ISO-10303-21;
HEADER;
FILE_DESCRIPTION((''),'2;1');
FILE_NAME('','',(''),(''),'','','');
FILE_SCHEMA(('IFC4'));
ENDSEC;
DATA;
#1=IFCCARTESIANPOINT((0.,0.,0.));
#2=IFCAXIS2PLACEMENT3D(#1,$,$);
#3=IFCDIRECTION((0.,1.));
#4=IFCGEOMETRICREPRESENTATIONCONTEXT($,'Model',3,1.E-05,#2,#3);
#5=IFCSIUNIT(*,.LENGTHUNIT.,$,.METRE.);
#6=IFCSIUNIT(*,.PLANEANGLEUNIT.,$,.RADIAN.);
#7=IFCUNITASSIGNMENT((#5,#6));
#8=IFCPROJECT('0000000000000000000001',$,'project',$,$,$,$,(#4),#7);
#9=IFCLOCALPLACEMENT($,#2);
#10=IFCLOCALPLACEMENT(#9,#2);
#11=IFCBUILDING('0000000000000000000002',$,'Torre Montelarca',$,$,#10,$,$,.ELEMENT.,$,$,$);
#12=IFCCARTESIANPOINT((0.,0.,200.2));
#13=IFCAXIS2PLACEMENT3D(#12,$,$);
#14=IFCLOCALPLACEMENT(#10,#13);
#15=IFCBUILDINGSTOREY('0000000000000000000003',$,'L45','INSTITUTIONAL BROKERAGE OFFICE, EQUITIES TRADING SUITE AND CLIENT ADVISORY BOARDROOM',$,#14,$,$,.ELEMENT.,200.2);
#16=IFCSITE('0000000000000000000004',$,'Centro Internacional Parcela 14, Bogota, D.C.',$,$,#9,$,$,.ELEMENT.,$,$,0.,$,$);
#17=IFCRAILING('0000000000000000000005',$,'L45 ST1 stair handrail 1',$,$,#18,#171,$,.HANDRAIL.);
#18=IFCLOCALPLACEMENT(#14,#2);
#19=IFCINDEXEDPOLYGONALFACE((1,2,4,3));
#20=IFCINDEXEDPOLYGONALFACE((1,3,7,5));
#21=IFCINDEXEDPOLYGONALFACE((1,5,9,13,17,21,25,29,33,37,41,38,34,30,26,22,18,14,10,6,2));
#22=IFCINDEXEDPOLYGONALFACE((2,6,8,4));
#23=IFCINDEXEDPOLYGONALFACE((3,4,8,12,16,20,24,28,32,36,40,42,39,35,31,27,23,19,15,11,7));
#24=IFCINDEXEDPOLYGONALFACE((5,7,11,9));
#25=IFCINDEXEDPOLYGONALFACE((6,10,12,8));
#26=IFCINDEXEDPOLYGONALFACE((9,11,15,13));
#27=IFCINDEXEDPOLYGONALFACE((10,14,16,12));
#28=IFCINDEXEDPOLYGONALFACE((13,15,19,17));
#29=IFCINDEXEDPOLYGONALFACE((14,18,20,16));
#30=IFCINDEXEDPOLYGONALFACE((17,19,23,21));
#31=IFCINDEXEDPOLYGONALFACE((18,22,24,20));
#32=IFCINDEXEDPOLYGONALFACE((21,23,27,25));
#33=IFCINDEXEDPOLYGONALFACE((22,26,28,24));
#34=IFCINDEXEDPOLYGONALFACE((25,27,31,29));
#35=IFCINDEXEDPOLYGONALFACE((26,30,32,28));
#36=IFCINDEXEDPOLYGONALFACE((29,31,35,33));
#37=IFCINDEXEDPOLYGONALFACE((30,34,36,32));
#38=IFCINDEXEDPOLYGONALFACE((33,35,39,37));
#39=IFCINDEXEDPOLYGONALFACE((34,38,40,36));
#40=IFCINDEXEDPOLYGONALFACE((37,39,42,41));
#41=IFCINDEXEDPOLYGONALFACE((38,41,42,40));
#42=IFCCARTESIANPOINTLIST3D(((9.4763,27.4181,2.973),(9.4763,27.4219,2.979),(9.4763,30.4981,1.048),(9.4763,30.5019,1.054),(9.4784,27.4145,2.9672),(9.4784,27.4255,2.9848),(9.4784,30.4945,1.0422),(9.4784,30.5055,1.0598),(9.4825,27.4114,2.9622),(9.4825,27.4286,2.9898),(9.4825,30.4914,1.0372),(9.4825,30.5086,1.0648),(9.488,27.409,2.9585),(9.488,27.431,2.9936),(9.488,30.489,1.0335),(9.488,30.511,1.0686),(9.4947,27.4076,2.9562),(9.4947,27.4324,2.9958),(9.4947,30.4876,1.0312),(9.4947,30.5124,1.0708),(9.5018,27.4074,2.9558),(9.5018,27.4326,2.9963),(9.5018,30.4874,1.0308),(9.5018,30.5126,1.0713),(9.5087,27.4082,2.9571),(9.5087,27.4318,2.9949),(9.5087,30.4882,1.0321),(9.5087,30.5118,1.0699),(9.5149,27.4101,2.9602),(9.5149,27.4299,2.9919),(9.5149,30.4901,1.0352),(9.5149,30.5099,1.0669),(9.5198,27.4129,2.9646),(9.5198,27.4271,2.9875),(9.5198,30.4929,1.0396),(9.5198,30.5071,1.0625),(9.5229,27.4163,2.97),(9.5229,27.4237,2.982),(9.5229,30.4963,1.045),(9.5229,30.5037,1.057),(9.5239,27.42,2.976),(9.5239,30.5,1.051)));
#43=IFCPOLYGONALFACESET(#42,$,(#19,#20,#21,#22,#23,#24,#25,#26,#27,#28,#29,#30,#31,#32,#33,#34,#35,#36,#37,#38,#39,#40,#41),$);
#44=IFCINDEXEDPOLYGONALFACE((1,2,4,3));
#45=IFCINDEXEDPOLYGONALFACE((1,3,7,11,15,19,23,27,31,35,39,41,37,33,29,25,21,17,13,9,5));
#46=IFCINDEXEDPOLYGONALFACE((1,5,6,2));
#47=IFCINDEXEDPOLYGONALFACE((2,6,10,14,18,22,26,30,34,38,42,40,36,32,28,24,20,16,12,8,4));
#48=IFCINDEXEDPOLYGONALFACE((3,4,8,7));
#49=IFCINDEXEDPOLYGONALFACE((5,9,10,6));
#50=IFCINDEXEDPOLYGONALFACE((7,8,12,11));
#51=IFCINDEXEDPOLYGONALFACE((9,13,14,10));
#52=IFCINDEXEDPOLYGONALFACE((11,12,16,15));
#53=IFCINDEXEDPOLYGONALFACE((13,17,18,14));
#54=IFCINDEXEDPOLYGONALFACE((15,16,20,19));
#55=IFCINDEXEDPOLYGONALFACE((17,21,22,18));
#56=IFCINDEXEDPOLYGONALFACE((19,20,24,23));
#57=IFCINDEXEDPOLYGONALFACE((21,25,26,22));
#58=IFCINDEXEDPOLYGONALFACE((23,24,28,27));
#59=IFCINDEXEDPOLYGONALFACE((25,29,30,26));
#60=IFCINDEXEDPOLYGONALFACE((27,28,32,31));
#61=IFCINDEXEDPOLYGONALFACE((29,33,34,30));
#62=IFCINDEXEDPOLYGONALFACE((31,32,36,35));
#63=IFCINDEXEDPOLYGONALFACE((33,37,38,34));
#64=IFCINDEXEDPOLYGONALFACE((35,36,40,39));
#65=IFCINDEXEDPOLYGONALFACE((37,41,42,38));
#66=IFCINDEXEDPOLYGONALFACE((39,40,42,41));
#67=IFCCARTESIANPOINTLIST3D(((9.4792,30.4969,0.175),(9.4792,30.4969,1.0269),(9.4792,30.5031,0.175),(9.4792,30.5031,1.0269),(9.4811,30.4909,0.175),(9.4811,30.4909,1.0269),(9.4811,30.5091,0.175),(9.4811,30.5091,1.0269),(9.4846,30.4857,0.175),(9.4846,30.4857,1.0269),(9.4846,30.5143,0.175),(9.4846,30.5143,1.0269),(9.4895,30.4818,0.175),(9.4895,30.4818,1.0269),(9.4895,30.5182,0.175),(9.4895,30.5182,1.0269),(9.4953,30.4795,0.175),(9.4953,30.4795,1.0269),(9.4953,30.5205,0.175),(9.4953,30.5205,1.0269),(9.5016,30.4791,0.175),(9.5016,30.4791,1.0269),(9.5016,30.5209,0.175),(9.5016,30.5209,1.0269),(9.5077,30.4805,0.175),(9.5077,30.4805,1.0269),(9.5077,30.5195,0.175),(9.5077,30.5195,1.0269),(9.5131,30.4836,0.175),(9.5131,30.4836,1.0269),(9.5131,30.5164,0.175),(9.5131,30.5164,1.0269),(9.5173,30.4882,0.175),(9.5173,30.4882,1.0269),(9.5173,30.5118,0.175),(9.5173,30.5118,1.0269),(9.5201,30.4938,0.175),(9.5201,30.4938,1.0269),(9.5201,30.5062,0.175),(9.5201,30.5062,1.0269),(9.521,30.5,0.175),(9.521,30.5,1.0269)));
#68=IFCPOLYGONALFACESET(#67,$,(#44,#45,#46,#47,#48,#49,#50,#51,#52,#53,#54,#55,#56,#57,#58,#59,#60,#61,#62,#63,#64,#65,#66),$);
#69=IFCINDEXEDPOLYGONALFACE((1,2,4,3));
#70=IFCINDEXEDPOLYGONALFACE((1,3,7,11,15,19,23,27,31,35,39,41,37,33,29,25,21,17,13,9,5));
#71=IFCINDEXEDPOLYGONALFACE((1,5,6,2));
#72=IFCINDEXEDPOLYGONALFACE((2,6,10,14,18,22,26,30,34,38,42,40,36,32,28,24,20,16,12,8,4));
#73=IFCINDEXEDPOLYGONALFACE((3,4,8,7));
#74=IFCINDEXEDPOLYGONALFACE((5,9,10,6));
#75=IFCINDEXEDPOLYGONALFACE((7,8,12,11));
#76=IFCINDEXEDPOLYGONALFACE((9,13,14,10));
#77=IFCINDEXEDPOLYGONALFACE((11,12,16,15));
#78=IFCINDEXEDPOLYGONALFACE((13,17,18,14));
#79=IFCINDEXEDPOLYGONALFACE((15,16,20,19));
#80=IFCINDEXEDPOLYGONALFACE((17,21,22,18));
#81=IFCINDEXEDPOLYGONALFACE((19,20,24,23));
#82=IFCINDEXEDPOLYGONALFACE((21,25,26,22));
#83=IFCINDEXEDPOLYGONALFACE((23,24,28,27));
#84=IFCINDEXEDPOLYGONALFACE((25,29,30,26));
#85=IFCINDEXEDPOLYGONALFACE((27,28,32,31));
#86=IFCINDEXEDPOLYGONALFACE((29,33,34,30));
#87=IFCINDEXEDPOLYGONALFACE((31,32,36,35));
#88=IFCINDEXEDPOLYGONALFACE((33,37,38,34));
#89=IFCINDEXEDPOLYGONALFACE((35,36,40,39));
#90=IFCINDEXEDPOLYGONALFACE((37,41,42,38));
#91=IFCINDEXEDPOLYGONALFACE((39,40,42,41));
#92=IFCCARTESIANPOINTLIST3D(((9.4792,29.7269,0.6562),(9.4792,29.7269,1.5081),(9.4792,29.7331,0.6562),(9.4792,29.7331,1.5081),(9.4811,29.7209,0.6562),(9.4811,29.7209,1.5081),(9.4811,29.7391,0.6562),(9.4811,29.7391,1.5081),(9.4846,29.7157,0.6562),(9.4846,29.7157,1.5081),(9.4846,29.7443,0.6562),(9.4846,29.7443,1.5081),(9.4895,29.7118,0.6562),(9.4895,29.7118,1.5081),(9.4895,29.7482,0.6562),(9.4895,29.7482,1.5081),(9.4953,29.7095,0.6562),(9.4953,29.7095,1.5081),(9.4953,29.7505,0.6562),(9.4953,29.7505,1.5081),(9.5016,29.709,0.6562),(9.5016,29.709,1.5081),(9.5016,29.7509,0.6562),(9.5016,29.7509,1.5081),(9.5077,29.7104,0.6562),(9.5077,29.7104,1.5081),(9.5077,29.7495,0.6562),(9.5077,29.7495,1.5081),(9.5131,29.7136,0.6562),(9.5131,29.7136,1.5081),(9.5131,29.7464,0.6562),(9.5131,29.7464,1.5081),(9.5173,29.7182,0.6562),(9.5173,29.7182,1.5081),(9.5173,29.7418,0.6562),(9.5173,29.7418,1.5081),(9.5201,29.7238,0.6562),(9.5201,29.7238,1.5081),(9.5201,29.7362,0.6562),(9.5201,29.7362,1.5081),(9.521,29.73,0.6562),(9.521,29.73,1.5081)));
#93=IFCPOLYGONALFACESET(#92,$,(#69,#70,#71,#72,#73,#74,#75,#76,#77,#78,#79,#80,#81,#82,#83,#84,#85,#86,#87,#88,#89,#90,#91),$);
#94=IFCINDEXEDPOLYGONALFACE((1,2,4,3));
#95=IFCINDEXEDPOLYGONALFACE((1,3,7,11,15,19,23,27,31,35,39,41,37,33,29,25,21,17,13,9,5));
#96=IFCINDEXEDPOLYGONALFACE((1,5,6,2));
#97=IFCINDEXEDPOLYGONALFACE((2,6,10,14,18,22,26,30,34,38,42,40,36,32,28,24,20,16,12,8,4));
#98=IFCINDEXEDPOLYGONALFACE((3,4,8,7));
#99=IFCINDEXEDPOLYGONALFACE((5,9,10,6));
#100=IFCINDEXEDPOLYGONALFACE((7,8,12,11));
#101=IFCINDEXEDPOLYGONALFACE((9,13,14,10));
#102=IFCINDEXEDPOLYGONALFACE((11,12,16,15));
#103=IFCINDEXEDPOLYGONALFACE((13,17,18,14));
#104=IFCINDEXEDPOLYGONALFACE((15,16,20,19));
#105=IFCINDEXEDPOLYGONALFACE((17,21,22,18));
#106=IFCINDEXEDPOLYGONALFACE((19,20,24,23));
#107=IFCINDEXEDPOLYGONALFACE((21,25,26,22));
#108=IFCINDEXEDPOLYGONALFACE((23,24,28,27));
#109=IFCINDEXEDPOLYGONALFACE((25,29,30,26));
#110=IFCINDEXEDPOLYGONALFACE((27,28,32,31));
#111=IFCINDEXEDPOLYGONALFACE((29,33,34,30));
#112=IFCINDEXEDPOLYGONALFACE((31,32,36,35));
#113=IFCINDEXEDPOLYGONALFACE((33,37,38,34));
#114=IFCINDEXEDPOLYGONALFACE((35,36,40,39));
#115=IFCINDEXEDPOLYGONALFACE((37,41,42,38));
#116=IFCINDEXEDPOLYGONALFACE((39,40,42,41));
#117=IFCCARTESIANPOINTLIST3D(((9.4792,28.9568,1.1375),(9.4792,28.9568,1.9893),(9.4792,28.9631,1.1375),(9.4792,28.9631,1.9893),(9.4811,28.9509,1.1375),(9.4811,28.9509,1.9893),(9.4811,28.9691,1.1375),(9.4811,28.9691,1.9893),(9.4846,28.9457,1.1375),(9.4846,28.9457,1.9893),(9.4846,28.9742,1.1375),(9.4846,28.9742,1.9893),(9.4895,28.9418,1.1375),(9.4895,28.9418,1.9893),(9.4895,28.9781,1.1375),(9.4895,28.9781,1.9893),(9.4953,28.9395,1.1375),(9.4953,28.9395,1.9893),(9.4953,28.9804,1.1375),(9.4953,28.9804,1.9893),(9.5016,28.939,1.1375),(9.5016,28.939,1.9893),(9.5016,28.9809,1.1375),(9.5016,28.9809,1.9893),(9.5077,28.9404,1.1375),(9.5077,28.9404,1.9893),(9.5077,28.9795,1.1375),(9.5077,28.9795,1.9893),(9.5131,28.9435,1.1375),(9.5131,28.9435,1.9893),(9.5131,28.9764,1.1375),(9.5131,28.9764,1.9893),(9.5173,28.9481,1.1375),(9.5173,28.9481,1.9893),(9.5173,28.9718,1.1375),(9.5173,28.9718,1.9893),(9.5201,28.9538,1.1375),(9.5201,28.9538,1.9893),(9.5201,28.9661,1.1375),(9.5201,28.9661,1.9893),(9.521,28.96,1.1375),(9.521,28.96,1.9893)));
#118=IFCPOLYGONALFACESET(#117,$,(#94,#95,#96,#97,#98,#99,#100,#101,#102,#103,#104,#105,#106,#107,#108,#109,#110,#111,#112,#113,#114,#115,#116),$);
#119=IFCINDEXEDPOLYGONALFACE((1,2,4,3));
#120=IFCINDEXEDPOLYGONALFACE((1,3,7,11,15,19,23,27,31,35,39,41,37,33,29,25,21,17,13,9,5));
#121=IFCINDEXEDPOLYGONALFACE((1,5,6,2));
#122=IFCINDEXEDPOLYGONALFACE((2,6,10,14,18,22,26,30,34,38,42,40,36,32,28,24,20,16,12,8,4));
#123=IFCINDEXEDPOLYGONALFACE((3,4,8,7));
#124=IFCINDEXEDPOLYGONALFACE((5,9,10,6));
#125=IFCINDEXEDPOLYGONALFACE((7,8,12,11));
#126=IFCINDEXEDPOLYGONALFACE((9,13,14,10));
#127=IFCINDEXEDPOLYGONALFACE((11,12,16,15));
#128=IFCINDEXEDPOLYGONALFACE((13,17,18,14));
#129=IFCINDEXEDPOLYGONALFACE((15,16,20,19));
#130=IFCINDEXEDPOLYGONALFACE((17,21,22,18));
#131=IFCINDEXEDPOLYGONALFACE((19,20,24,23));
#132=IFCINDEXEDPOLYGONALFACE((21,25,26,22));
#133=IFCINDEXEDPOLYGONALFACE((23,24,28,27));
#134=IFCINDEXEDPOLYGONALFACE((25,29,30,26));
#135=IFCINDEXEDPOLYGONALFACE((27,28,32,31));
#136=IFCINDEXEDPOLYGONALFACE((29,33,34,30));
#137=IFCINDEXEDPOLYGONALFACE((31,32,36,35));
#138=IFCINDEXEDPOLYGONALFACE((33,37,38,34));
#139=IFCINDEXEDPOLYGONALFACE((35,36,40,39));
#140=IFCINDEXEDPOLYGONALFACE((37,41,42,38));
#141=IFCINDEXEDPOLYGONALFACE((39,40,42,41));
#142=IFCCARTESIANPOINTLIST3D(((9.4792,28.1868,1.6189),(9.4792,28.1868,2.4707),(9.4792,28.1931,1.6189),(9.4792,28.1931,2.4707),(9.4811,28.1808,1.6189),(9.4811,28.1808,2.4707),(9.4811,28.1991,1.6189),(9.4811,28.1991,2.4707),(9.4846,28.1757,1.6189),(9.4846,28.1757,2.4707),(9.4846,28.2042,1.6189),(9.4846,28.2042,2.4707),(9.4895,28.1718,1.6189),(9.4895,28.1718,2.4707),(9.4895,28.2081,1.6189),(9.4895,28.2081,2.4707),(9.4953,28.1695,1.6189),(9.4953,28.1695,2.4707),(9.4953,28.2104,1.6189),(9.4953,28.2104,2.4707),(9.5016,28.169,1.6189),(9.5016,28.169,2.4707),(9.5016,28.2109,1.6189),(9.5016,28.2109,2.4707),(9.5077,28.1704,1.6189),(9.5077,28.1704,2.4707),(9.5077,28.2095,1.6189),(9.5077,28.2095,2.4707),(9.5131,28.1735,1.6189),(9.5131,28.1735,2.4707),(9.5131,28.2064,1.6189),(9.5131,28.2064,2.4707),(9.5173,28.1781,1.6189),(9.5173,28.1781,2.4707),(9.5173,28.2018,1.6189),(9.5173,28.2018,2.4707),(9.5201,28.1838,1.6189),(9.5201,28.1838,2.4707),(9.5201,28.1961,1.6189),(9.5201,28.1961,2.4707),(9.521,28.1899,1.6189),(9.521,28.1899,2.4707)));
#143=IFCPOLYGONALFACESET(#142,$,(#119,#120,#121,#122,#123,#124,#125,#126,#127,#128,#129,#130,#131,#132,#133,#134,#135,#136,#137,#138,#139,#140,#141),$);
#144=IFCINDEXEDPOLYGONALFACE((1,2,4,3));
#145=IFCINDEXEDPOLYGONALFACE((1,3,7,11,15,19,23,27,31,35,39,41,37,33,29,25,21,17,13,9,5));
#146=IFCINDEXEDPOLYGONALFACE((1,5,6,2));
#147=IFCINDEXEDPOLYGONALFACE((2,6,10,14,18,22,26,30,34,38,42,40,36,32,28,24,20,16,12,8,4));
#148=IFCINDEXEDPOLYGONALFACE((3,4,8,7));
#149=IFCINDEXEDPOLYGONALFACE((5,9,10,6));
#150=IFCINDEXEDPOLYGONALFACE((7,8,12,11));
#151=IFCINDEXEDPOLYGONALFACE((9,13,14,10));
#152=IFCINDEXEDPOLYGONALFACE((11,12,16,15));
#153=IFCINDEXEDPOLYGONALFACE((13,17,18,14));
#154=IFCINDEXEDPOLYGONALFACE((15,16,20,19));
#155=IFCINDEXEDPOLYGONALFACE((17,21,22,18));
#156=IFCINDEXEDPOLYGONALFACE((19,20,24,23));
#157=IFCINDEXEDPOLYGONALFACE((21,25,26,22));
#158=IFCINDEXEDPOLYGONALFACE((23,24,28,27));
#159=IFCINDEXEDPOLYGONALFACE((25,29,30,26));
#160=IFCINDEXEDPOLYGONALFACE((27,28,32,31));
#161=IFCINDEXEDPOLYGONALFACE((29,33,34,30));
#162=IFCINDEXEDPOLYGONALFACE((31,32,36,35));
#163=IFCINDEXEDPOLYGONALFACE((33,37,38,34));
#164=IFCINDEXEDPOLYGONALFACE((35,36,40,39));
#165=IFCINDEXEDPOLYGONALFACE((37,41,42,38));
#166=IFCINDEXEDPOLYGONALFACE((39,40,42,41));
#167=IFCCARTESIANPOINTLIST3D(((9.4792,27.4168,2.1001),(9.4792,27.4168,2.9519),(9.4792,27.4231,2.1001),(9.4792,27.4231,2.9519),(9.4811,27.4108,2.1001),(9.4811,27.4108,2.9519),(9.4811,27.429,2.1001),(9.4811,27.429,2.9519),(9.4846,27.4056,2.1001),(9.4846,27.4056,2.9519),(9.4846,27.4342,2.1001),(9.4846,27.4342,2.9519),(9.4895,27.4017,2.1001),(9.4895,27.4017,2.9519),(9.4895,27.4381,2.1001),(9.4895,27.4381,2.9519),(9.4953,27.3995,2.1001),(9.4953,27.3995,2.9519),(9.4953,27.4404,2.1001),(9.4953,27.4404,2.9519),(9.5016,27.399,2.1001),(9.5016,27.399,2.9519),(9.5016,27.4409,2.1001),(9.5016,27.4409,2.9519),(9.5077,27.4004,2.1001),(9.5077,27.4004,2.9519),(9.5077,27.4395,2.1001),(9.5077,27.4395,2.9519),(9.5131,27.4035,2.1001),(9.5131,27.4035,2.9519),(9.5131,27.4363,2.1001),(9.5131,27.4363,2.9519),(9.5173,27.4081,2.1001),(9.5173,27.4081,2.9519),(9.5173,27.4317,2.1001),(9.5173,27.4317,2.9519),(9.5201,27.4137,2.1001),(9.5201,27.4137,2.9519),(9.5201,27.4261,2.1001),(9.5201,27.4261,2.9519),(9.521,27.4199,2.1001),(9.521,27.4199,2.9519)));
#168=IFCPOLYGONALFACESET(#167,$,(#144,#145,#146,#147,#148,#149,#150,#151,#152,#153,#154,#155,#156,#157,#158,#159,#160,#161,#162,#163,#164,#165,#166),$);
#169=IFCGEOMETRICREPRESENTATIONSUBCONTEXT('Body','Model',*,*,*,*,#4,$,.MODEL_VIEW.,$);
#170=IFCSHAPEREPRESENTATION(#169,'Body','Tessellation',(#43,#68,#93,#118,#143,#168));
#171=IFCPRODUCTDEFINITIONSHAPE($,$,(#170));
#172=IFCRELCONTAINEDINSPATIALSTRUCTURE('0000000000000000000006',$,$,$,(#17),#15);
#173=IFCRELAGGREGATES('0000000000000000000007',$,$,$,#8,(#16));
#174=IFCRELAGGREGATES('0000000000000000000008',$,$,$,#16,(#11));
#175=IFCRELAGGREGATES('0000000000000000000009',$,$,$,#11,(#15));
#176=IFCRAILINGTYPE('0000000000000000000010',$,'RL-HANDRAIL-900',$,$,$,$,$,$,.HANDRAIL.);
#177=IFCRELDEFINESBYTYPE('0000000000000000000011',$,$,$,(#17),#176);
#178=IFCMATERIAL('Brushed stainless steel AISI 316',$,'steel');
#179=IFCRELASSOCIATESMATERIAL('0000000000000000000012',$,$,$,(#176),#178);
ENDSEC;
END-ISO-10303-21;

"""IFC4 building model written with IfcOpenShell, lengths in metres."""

from ifc_helpers import new_model, si_unit, direction, frame, origin, origin_2d, place, context, subcontext, project, spatial, circle, extrude, material, type_object, element, save


model = new_model("IFC4")

# Units and contexts
model_context = context("Model", 3, precision=1e-05, world=origin(), true_north=direction((0.0, 1.0)))
body_context = subcontext(model_context, "Body", "Model", "MODEL_VIEW")
ifc_project = project(units=[si_unit("LENGTHUNIT", "METRE"), si_unit("PLANEANGLEUNIT", "RADIAN")], contexts=[model_context])

# Site, building, storey
site_placement = place(None, origin())
site = spatial("IfcSite", under=ifc_project, at=site_placement, Name="Centro Internacional Parcela 14, Bogota, D.C.", CompositionType="ELEMENT", RefElevation=0.0)
building_placement = place(site_placement, origin())
building = spatial("IfcBuilding", under=site, at=building_placement, Name="Torre Montelarca", CompositionType="ELEMENT")
storey_placement = place(building_placement, frame((0.0, 0.0, 200.2)))
storey = spatial("IfcBuildingStorey", under=building, at=storey_placement, Name="L45", Description="INSTITUTIONAL BROKERAGE OFFICE, EQUITIES TRADING SUITE AND CLIENT ADVISORY BOARDROOM", CompositionType="ELEMENT", Elevation=200.2)

# Railing
ifc_material_1 = material(Name="Brushed stainless steel AISI 316", Category="steel")
railing_type_1 = type_object("IfcRailingType", Name="RL-HANDRAIL-900", PredefinedType="HANDRAIL", material=ifc_material_1)
railing_1_placement = place(storey_placement, frame((9.5, 30.5, 0.175)))
element("IfcRailing", 1, at=railing_1_placement, inside=storey, type_object=railing_type_1, Name="L45 ST1 stair handrail 1", PredefinedType="HANDRAIL", context=body_context, shape_type="SweptSolid", body=[
    extrude(circle(Radius=0.0239, at=origin_2d()), frame((0.0, 0.0, 0.876), z_axis=(0.0, -0.847998, 0.529999), x_axis=(1.0, 0.0, 0.0)), (0.0, 0.0, 1.0), 3.6321),
    extrude(circle(Radius=0.021, at=origin_2d()), origin(), (0.0, 0.0, 1.0), 0.8518),
    extrude(circle(Radius=0.021, at=origin_2d()), frame((0.0, -0.77, 0.4812)), (0.0, 0.0, 1.0), 0.8518),
    extrude(circle(Radius=0.021, at=origin_2d()), frame((0.0, -1.54, 0.9624)), (0.0, 0.0, 1.0), 0.8518),
    extrude(circle(Radius=0.021, at=origin_2d()), frame((0.0, -2.3101, 1.4438)), (0.0, 0.0, 1.0), 0.8518),
    extrude(circle(Radius=0.021, at=origin_2d()), frame((0.0, -3.0801, 1.925)), (0.0, 0.0, 1.0), 0.8518),
])

save(model, "model.ifc")
